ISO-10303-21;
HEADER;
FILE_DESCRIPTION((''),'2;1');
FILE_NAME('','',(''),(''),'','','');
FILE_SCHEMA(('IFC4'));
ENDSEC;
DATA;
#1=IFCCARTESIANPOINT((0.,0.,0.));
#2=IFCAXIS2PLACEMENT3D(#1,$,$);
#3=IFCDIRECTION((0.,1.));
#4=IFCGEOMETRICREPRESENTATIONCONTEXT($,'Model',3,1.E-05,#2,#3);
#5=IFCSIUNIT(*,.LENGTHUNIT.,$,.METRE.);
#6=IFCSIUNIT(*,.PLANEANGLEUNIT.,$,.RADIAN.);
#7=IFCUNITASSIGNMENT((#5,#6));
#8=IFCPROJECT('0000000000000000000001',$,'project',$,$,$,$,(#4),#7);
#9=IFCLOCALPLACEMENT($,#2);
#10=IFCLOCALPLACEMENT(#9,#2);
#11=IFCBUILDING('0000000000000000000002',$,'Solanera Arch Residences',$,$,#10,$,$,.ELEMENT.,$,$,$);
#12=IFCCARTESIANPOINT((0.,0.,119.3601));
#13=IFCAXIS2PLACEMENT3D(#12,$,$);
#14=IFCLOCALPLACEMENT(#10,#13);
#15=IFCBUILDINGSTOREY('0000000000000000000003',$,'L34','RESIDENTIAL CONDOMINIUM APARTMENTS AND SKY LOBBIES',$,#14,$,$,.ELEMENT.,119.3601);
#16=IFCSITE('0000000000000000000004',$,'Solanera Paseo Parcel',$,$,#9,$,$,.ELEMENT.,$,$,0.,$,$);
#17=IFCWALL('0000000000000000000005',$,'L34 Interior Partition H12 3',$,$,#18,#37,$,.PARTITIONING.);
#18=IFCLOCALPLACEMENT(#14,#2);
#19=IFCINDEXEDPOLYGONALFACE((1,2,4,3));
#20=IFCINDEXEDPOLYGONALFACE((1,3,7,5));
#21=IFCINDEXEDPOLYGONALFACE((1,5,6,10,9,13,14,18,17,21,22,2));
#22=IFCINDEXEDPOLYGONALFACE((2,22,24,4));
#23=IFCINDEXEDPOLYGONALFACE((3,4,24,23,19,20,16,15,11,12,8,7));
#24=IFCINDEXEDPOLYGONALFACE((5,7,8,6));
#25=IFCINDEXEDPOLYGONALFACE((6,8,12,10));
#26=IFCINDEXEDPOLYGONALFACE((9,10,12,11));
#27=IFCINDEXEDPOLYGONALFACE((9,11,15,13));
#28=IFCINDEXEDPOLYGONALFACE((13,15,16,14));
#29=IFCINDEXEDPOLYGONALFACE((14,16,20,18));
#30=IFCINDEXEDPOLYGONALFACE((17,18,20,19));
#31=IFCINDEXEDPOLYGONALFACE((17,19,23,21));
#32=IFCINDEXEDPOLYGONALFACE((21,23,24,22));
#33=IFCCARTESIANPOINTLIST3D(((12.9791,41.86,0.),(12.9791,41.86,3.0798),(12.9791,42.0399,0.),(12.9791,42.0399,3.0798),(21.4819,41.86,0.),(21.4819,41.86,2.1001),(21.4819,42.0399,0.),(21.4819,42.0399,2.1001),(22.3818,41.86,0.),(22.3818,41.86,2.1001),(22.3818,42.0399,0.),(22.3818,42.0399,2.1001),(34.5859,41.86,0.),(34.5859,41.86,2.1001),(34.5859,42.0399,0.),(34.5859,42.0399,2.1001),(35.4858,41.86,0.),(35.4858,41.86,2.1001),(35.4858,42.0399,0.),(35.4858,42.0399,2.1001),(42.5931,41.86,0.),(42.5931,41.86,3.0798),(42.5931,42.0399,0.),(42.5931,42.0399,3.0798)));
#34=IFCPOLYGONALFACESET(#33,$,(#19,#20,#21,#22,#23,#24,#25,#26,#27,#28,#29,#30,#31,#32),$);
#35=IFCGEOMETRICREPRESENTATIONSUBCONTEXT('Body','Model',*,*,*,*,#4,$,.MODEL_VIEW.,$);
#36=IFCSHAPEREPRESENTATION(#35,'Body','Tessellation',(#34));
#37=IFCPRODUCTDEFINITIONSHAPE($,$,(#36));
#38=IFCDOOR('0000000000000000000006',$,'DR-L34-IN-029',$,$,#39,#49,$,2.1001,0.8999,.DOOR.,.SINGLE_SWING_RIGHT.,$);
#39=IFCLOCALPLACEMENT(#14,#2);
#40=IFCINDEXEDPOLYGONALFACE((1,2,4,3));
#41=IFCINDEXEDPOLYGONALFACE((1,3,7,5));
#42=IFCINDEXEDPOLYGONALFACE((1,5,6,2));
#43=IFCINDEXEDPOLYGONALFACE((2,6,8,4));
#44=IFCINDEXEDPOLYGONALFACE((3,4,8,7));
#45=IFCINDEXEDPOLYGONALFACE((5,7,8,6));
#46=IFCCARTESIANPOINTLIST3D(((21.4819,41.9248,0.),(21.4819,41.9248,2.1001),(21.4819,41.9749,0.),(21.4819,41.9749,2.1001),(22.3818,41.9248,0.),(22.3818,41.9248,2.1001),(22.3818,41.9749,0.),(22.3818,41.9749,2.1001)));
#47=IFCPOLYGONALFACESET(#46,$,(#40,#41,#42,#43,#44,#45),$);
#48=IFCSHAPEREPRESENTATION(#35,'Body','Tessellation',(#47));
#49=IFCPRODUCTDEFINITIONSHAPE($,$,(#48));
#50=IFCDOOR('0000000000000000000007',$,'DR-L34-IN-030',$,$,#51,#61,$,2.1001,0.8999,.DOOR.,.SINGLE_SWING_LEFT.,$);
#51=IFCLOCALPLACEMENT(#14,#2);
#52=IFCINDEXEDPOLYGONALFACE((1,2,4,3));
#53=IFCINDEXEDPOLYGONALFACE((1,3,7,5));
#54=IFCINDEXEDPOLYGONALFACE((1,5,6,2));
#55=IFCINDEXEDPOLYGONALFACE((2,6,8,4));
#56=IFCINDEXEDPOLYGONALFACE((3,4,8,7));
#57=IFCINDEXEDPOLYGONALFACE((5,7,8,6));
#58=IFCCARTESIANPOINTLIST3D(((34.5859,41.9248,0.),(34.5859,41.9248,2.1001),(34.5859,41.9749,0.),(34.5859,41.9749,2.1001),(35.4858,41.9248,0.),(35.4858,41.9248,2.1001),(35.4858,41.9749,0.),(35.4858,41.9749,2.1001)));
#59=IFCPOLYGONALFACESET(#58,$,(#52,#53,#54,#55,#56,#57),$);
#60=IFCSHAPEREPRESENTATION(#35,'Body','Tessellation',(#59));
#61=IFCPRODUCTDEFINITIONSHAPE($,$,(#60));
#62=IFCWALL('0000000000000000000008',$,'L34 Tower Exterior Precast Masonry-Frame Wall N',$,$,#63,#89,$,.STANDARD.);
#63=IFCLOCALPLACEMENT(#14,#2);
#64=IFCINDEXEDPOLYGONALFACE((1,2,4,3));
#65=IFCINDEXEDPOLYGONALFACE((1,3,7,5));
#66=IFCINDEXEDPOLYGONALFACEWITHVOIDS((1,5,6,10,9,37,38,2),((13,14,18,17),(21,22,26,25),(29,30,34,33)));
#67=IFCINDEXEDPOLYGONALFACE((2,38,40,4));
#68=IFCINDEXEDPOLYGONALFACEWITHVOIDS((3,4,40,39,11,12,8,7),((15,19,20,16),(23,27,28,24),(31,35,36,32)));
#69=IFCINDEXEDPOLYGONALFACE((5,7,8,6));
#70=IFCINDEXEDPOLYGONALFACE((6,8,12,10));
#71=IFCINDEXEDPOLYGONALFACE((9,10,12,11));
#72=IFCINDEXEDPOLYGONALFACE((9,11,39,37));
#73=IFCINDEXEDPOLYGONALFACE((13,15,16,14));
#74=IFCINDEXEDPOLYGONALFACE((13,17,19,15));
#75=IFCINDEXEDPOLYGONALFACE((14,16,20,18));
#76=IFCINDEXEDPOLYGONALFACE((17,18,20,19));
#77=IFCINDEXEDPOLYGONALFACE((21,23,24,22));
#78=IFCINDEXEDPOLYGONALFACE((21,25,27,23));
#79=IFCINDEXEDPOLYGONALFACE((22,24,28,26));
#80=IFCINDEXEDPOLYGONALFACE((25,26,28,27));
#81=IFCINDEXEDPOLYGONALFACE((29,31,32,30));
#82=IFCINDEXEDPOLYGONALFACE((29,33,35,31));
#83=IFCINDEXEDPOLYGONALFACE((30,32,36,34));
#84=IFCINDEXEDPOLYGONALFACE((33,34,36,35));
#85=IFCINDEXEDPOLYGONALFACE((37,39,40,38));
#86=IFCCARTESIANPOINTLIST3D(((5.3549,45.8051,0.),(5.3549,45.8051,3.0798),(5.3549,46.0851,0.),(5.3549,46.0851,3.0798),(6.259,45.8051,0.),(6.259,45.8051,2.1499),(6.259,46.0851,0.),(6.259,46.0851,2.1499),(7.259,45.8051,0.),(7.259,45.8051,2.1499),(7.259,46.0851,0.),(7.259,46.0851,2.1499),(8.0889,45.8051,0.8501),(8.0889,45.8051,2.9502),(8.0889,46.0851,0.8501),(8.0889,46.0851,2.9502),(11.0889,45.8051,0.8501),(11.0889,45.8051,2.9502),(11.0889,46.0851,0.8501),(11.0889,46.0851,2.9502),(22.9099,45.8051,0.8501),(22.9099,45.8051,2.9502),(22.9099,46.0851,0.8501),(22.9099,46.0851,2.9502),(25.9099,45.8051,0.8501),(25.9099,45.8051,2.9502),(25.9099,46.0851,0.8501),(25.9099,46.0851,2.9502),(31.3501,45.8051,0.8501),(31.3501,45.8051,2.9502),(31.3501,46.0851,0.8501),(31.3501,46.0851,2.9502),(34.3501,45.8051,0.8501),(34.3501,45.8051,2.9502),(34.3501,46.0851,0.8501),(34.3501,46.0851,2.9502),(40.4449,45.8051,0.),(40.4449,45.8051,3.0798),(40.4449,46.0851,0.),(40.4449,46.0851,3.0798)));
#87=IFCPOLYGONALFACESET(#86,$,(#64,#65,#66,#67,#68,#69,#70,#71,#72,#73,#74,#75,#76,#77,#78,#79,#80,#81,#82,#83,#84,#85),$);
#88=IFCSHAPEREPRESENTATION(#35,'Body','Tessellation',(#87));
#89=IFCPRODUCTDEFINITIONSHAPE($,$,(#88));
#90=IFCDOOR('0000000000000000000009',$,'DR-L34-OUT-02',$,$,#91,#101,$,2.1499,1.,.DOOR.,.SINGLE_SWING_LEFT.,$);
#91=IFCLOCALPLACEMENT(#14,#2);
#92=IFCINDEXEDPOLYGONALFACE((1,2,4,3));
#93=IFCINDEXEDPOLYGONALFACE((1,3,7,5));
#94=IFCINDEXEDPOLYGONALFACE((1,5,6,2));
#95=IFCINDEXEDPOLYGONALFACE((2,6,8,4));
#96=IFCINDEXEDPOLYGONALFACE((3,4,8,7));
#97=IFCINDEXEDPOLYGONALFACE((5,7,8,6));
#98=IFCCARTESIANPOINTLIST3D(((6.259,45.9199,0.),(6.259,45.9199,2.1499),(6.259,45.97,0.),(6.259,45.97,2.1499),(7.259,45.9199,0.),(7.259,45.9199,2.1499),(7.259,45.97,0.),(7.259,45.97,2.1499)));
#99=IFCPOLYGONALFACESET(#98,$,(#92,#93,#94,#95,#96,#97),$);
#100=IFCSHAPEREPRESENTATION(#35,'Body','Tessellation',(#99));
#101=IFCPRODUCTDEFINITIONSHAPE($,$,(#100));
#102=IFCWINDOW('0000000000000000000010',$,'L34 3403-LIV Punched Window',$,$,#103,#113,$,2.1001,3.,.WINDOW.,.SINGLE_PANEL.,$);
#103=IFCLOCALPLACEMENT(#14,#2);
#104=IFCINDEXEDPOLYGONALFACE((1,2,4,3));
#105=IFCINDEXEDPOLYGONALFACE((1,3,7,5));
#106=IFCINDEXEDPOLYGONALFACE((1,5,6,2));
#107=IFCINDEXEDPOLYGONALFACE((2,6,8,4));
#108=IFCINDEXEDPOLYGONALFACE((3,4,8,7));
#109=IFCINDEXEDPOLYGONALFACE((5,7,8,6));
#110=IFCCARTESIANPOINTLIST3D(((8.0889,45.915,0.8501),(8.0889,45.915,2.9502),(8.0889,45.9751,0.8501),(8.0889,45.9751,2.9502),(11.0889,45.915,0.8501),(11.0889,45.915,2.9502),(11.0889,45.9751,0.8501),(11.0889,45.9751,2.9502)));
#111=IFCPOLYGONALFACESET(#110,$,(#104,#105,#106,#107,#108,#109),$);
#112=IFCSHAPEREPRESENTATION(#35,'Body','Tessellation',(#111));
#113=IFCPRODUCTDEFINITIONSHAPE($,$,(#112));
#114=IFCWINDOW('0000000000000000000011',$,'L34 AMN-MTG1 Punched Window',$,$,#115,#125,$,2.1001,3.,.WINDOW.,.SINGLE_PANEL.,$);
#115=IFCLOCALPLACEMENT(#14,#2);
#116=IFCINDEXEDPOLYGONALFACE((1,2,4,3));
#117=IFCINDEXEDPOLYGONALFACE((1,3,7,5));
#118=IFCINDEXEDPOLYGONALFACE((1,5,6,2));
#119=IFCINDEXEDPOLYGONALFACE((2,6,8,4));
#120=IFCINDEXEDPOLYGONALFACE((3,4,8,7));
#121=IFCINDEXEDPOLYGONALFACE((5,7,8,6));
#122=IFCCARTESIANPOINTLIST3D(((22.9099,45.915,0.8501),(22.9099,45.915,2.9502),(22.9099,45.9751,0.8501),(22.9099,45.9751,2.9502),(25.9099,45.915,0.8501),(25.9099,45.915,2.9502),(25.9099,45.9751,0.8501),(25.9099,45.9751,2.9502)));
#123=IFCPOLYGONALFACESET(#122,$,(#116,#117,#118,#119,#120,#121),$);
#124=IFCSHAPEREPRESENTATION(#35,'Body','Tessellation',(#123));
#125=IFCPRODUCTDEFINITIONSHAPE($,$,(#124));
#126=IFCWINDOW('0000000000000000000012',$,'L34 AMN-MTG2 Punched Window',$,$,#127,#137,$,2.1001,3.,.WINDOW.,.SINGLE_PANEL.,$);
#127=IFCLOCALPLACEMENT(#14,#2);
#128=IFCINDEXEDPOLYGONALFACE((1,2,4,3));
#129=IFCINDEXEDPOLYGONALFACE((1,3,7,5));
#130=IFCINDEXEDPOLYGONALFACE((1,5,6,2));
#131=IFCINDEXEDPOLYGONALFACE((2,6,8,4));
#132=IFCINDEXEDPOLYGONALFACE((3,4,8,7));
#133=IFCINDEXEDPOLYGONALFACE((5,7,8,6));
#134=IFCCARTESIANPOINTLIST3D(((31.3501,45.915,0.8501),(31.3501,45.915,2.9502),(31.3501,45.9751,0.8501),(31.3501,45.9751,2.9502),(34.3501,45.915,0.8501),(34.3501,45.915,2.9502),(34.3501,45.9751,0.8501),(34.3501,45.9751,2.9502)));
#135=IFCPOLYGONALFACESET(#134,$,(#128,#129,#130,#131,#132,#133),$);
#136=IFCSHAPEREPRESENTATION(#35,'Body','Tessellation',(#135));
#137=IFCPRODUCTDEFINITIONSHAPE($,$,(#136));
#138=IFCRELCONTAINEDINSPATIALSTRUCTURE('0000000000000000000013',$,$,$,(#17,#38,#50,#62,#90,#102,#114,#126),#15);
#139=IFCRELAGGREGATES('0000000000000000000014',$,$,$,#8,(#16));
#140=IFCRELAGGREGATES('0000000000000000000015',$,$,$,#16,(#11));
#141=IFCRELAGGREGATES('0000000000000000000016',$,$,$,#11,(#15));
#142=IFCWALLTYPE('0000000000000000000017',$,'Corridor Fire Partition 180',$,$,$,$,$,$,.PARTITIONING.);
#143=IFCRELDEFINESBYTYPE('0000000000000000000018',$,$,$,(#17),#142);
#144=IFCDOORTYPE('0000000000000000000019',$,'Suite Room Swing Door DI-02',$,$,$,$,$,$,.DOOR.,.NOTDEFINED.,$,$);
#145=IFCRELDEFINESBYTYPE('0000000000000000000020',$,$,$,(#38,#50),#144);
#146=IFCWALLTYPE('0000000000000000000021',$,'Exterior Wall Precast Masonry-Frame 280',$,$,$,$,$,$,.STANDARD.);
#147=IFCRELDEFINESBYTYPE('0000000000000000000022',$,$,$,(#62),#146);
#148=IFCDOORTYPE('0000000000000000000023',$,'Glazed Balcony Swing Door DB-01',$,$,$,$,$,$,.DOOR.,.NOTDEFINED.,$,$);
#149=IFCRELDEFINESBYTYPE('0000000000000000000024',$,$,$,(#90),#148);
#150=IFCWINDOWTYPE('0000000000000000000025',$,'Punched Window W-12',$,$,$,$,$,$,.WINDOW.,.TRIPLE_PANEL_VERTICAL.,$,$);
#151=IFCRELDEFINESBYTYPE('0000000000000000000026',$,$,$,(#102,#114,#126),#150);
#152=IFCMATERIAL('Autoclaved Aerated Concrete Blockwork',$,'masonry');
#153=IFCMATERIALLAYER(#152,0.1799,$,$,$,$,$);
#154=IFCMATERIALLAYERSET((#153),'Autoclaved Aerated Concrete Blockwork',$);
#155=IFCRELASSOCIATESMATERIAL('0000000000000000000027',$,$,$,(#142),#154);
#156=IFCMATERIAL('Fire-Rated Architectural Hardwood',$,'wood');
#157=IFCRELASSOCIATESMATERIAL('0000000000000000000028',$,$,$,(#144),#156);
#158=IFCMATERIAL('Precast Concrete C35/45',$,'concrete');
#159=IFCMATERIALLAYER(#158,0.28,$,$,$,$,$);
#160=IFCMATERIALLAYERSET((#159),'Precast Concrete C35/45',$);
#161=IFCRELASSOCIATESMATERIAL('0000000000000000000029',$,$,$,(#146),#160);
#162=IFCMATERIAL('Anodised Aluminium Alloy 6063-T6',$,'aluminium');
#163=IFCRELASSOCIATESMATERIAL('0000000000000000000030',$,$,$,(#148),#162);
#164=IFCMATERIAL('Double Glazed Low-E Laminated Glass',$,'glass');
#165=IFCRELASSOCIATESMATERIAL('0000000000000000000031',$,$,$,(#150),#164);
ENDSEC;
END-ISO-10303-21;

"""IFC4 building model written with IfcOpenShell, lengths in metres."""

from ifc_helpers import new_model, si_unit, direction, frame, frame_2d, origin, place, context, subcontext, project, spatial, rectangle, extrude, material, layer, layer_set, type_object, element, fill, save


model = new_model("IFC4")

# Units and contexts
model_context = context("Model", 3, precision=1e-05, world=origin(), true_north=direction((0.0, 1.0)))
body_context = subcontext(model_context, "Body", "Model", "MODEL_VIEW")
ifc_project = project(units=[si_unit("LENGTHUNIT", "METRE"), si_unit("PLANEANGLEUNIT", "RADIAN")], contexts=[model_context])

# Site, building, storey
site_placement = place(None, origin())
site = spatial("IfcSite", under=ifc_project, at=site_placement, Name="Solanera Paseo Parcel", CompositionType="ELEMENT", RefElevation=0.0)
building_placement = place(site_placement, origin())
building = spatial("IfcBuilding", under=site, at=building_placement, Name="Solanera Arch Residences", CompositionType="ELEMENT")
storey_placement = place(building_placement, frame((0.0, 0.0, 119.3601)))
storey = spatial("IfcBuildingStorey", under=building, at=storey_placement, Name="L34", Description="RESIDENTIAL CONDOMINIUM APARTMENTS AND SKY LOBBIES", CompositionType="ELEMENT", Elevation=119.3601)

# Wall, openings, doors
ifc_material_1 = material(Name="Autoclaved Aerated Concrete Blockwork", Category="masonry")
ifc_layer_1 = layer(ifc_material_1, 0.1799)
ifc_layer_set_1 = layer_set([ifc_layer_1], Name="Autoclaved Aerated Concrete Blockwork")
wall_type_1 = type_object("IfcWallType", Name="Corridor Fire Partition 180", PredefinedType="PARTITIONING", material=ifc_layer_set_1)
ifc_material_2 = material(Name="Fire-Rated Architectural Hardwood", Category="wood")
door_type_1 = type_object("IfcDoorType", Name="Suite Room Swing Door DI-02", OperationType="NOTDEFINED", PredefinedType="DOOR", material=ifc_material_2)
wall_1_placement = place(storey_placement, frame((12.979, 41.95, 0.0), z_axis=(0.0, 0.0, 1.0), x_axis=(1.0, 0.0, 0.0)))
wall_1 = element("IfcWall", 1, at=wall_1_placement, inside=storey, type_object=wall_type_1, Name="L34 Interior Partition H12 3", PredefinedType="PARTITIONING", context=body_context, shape_type="SweptSolid", body=[
    extrude(rectangle(XDim=29.614, YDim=0.1799, at=frame_2d((14.8071, 0.0))), origin(), (0.0, 0.0, 1.0), 3.0798),
])
opening_1_placement = place(wall_1_placement, frame((8.5029, 0.0, 0.0)))
opening_1 = element("IfcOpeningElement", 2, at=opening_1_placement, cuts=wall_1, PredefinedType="OPENING", context=body_context, shape_type="SweptSolid", body=[
    extrude(rectangle(XDim=0.8999, YDim=2.1001, at=frame_2d((0.45, 1.05))), frame((0.0, 0.1001, 0.0), z_axis=(0.0, -1.0, 0.0), x_axis=(1.0, 0.0, 0.0)), (0.0, 0.0, 1.0), 0.1999),
])
opening_2_placement = place(wall_1_placement, frame((21.6069, 0.0, 0.0)))
opening_2 = element("IfcOpeningElement", 3, at=opening_2_placement, cuts=wall_1, PredefinedType="OPENING", context=body_context, shape_type="SweptSolid", body=[
    extrude(rectangle(XDim=0.8999, YDim=2.1001, at=frame_2d((0.45, 1.05))), frame((0.0, 0.1001, 0.0), z_axis=(0.0, -1.0, 0.0), x_axis=(1.0, 0.0, 0.0)), (0.0, 0.0, 1.0), 0.1999),
])
door_1_placement = place(opening_1_placement, origin())
door_1 = element("IfcDoor", 4, at=door_1_placement, inside=storey, type_object=door_type_1, Name="DR-L34-IN-029", OperationType="SINGLE_SWING_RIGHT", OverallHeight=2.1001, OverallWidth=0.8999, PredefinedType="DOOR", context=body_context, shape_type="SweptSolid", body=[
    extrude(rectangle(XDim=0.8999, YDim=2.1001, at=frame_2d((0.45, 1.05))), frame((0.0, 0.0249, 0.0), z_axis=(0.0, -1.0, 0.0), x_axis=(1.0, 0.0, 0.0)), (0.0, 0.0, 1.0), 0.05),
])
fill(opening_1, door_1)
door_2_placement = place(opening_2_placement, origin())
door_2 = element("IfcDoor", 5, at=door_2_placement, inside=storey, type_object=door_type_1, Name="DR-L34-IN-030", OperationType="SINGLE_SWING_LEFT", OverallHeight=2.1001, OverallWidth=0.8999, PredefinedType="DOOR", context=body_context, shape_type="SweptSolid", body=[
    extrude(rectangle(XDim=0.8999, YDim=2.1001, at=frame_2d((0.45, 1.05))), frame((0.0, 0.0249, 0.0), z_axis=(0.0, -1.0, 0.0), x_axis=(1.0, 0.0, 0.0)), (0.0, 0.0, 1.0), 0.05),
])
fill(opening_2, door_2)

# Wall, openings, door, windows
ifc_material_3 = material(Name="Precast Concrete C35/45", Category="concrete")
ifc_layer_2 = layer(ifc_material_3, 0.28)
ifc_layer_set_2 = layer_set([ifc_layer_2], Name="Precast Concrete C35/45")
wall_type_2 = type_object("IfcWallType", Name="Exterior Wall Precast Masonry-Frame 280", PredefinedType="STANDARD", material=ifc_layer_set_2)
wall_2_placement = place(storey_placement, frame((5.355, 45.9451, 0.0), z_axis=(0.0, 0.0, 1.0), x_axis=(1.0, 0.0, 0.0)))
wall_2 = element("IfcWall", 6, at=wall_2_placement, inside=storey, type_object=wall_type_2, Name="L34 Tower Exterior Precast Masonry-Frame Wall N", PredefinedType="STANDARD", context=body_context, shape_type="SweptSolid", body=[
    extrude(rectangle(XDim=35.0901, YDim=0.28, at=frame_2d((17.5449, 0.0))), origin(), (0.0, 0.0, 1.0), 3.0798),
])
opening_3_placement = place(wall_2_placement, frame((0.9041, 0.0, 0.0)))
opening_3 = element("IfcOpeningElement", 7, at=opening_3_placement, cuts=wall_2, PredefinedType="OPENING", context=body_context, shape_type="SweptSolid", body=[
    extrude(rectangle(XDim=1.0, YDim=2.1499, at=frame_2d((0.5, 1.075))), frame((0.0, 0.1499, 0.0), z_axis=(0.0, -1.0, 0.0), x_axis=(1.0, 0.0, 0.0)), (0.0, 0.0, 1.0), 0.3),
])
opening_4_placement = place(wall_2_placement, frame((2.7339, 0.0, 0.8501)))
opening_4 = element("IfcOpeningElement", 8, at=opening_4_placement, cuts=wall_2, PredefinedType="OPENING", context=body_context, shape_type="SweptSolid", body=[
    extrude(rectangle(XDim=3.0, YDim=2.1001, at=frame_2d((1.5, 1.05))), frame((0.0, 0.1499, 0.0), z_axis=(0.0, -1.0, 0.0), x_axis=(1.0, 0.0, 0.0)), (0.0, 0.0, 1.0), 0.3),
])
opening_5_placement = place(wall_2_placement, frame((17.5549, 0.0, 0.8501)))
opening_5 = element("IfcOpeningElement", 9, at=opening_5_placement, cuts=wall_2, PredefinedType="OPENING", context=body_context, shape_type="SweptSolid", body=[
    extrude(rectangle(XDim=3.0, YDim=2.1001, at=frame_2d((1.5, 1.05))), frame((0.0, 0.1499, 0.0), z_axis=(0.0, -1.0, 0.0), x_axis=(1.0, 0.0, 0.0)), (0.0, 0.0, 1.0), 0.3),
])
opening_6_placement = place(wall_2_placement, frame((25.9951, 0.0, 0.8501)))
opening_6 = element("IfcOpeningElement", 10, at=opening_6_placement, cuts=wall_2, PredefinedType="OPENING", context=body_context, shape_type="SweptSolid", body=[
    extrude(rectangle(XDim=3.0, YDim=2.1001, at=frame_2d((1.5, 1.05))), frame((0.0, 0.1499, 0.0), z_axis=(0.0, -1.0, 0.0), x_axis=(1.0, 0.0, 0.0)), (0.0, 0.0, 1.0), 0.3),
])
ifc_material_4 = material(Name="Anodised Aluminium Alloy 6063-T6", Category="aluminium")
door_type_2 = type_object("IfcDoorType", Name="Glazed Balcony Swing Door DB-01", OperationType="NOTDEFINED", PredefinedType="DOOR", material=ifc_material_4)
door_3_placement = place(opening_3_placement, origin())
door_3 = element("IfcDoor", 11, at=door_3_placement, inside=storey, type_object=door_type_2, Name="DR-L34-OUT-02", OperationType="SINGLE_SWING_LEFT", OverallHeight=2.1499, OverallWidth=1.0, PredefinedType="DOOR", context=body_context, shape_type="SweptSolid", body=[
    extrude(rectangle(XDim=1.0, YDim=2.1499, at=frame_2d((0.5, 1.075))), frame((0.0, 0.0249, 0.0), z_axis=(0.0, -1.0, 0.0), x_axis=(1.0, 0.0, 0.0)), (0.0, 0.0, 1.0), 0.05),
])
fill(opening_3, door_3)
ifc_material_5 = material(Name="Double Glazed Low-E Laminated Glass", Category="glass")
window_type = type_object("IfcWindowType", Name="Punched Window W-12", PartitioningType="TRIPLE_PANEL_VERTICAL", PredefinedType="WINDOW", material=ifc_material_5)
window_1_placement = place(opening_4_placement, origin())
window_1 = element("IfcWindow", 12, at=window_1_placement, inside=storey, type_object=window_type, Name="L34 3403-LIV Punched Window", OverallHeight=2.1001, OverallWidth=3.0, PartitioningType="SINGLE_PANEL", PredefinedType="WINDOW", context=body_context, shape_type="SweptSolid", body=[
    extrude(rectangle(XDim=3.0, YDim=2.1001, at=frame_2d((1.5, 1.05))), frame((0.0, 0.03, 0.0), z_axis=(0.0, -1.0, 0.0), x_axis=(1.0, 0.0, 0.0)), (0.0, 0.0, 1.0), 0.0601),
])
fill(opening_4, window_1)
window_2_placement = place(opening_5_placement, origin())
window_2 = element("IfcWindow", 13, at=window_2_placement, inside=storey, type_object=window_type, Name="L34 AMN-MTG1 Punched Window", OverallHeight=2.1001, OverallWidth=3.0, PartitioningType="SINGLE_PANEL", PredefinedType="WINDOW", context=body_context, shape_type="SweptSolid", body=[
    extrude(rectangle(XDim=3.0, YDim=2.1001, at=frame_2d((1.5, 1.05))), frame((0.0, 0.03, 0.0), z_axis=(0.0, -1.0, 0.0), x_axis=(1.0, 0.0, 0.0)), (0.0, 0.0, 1.0), 0.0601),
])
fill(opening_5, window_2)
window_3_placement = place(opening_6_placement, origin())
window_3 = element("IfcWindow", 14, at=window_3_placement, inside=storey, type_object=window_type, Name="L34 AMN-MTG2 Punched Window", OverallHeight=2.1001, OverallWidth=3.0, PartitioningType="SINGLE_PANEL", PredefinedType="WINDOW", context=body_context, shape_type="SweptSolid", body=[
    extrude(rectangle(XDim=3.0, YDim=2.1001, at=frame_2d((1.5, 1.05))), frame((0.0, 0.03, 0.0), z_axis=(0.0, -1.0, 0.0), x_axis=(1.0, 0.0, 0.0)), (0.0, 0.0, 1.0), 0.0601),
])
fill(opening_6, window_3)

save(model, "model.ifc")
